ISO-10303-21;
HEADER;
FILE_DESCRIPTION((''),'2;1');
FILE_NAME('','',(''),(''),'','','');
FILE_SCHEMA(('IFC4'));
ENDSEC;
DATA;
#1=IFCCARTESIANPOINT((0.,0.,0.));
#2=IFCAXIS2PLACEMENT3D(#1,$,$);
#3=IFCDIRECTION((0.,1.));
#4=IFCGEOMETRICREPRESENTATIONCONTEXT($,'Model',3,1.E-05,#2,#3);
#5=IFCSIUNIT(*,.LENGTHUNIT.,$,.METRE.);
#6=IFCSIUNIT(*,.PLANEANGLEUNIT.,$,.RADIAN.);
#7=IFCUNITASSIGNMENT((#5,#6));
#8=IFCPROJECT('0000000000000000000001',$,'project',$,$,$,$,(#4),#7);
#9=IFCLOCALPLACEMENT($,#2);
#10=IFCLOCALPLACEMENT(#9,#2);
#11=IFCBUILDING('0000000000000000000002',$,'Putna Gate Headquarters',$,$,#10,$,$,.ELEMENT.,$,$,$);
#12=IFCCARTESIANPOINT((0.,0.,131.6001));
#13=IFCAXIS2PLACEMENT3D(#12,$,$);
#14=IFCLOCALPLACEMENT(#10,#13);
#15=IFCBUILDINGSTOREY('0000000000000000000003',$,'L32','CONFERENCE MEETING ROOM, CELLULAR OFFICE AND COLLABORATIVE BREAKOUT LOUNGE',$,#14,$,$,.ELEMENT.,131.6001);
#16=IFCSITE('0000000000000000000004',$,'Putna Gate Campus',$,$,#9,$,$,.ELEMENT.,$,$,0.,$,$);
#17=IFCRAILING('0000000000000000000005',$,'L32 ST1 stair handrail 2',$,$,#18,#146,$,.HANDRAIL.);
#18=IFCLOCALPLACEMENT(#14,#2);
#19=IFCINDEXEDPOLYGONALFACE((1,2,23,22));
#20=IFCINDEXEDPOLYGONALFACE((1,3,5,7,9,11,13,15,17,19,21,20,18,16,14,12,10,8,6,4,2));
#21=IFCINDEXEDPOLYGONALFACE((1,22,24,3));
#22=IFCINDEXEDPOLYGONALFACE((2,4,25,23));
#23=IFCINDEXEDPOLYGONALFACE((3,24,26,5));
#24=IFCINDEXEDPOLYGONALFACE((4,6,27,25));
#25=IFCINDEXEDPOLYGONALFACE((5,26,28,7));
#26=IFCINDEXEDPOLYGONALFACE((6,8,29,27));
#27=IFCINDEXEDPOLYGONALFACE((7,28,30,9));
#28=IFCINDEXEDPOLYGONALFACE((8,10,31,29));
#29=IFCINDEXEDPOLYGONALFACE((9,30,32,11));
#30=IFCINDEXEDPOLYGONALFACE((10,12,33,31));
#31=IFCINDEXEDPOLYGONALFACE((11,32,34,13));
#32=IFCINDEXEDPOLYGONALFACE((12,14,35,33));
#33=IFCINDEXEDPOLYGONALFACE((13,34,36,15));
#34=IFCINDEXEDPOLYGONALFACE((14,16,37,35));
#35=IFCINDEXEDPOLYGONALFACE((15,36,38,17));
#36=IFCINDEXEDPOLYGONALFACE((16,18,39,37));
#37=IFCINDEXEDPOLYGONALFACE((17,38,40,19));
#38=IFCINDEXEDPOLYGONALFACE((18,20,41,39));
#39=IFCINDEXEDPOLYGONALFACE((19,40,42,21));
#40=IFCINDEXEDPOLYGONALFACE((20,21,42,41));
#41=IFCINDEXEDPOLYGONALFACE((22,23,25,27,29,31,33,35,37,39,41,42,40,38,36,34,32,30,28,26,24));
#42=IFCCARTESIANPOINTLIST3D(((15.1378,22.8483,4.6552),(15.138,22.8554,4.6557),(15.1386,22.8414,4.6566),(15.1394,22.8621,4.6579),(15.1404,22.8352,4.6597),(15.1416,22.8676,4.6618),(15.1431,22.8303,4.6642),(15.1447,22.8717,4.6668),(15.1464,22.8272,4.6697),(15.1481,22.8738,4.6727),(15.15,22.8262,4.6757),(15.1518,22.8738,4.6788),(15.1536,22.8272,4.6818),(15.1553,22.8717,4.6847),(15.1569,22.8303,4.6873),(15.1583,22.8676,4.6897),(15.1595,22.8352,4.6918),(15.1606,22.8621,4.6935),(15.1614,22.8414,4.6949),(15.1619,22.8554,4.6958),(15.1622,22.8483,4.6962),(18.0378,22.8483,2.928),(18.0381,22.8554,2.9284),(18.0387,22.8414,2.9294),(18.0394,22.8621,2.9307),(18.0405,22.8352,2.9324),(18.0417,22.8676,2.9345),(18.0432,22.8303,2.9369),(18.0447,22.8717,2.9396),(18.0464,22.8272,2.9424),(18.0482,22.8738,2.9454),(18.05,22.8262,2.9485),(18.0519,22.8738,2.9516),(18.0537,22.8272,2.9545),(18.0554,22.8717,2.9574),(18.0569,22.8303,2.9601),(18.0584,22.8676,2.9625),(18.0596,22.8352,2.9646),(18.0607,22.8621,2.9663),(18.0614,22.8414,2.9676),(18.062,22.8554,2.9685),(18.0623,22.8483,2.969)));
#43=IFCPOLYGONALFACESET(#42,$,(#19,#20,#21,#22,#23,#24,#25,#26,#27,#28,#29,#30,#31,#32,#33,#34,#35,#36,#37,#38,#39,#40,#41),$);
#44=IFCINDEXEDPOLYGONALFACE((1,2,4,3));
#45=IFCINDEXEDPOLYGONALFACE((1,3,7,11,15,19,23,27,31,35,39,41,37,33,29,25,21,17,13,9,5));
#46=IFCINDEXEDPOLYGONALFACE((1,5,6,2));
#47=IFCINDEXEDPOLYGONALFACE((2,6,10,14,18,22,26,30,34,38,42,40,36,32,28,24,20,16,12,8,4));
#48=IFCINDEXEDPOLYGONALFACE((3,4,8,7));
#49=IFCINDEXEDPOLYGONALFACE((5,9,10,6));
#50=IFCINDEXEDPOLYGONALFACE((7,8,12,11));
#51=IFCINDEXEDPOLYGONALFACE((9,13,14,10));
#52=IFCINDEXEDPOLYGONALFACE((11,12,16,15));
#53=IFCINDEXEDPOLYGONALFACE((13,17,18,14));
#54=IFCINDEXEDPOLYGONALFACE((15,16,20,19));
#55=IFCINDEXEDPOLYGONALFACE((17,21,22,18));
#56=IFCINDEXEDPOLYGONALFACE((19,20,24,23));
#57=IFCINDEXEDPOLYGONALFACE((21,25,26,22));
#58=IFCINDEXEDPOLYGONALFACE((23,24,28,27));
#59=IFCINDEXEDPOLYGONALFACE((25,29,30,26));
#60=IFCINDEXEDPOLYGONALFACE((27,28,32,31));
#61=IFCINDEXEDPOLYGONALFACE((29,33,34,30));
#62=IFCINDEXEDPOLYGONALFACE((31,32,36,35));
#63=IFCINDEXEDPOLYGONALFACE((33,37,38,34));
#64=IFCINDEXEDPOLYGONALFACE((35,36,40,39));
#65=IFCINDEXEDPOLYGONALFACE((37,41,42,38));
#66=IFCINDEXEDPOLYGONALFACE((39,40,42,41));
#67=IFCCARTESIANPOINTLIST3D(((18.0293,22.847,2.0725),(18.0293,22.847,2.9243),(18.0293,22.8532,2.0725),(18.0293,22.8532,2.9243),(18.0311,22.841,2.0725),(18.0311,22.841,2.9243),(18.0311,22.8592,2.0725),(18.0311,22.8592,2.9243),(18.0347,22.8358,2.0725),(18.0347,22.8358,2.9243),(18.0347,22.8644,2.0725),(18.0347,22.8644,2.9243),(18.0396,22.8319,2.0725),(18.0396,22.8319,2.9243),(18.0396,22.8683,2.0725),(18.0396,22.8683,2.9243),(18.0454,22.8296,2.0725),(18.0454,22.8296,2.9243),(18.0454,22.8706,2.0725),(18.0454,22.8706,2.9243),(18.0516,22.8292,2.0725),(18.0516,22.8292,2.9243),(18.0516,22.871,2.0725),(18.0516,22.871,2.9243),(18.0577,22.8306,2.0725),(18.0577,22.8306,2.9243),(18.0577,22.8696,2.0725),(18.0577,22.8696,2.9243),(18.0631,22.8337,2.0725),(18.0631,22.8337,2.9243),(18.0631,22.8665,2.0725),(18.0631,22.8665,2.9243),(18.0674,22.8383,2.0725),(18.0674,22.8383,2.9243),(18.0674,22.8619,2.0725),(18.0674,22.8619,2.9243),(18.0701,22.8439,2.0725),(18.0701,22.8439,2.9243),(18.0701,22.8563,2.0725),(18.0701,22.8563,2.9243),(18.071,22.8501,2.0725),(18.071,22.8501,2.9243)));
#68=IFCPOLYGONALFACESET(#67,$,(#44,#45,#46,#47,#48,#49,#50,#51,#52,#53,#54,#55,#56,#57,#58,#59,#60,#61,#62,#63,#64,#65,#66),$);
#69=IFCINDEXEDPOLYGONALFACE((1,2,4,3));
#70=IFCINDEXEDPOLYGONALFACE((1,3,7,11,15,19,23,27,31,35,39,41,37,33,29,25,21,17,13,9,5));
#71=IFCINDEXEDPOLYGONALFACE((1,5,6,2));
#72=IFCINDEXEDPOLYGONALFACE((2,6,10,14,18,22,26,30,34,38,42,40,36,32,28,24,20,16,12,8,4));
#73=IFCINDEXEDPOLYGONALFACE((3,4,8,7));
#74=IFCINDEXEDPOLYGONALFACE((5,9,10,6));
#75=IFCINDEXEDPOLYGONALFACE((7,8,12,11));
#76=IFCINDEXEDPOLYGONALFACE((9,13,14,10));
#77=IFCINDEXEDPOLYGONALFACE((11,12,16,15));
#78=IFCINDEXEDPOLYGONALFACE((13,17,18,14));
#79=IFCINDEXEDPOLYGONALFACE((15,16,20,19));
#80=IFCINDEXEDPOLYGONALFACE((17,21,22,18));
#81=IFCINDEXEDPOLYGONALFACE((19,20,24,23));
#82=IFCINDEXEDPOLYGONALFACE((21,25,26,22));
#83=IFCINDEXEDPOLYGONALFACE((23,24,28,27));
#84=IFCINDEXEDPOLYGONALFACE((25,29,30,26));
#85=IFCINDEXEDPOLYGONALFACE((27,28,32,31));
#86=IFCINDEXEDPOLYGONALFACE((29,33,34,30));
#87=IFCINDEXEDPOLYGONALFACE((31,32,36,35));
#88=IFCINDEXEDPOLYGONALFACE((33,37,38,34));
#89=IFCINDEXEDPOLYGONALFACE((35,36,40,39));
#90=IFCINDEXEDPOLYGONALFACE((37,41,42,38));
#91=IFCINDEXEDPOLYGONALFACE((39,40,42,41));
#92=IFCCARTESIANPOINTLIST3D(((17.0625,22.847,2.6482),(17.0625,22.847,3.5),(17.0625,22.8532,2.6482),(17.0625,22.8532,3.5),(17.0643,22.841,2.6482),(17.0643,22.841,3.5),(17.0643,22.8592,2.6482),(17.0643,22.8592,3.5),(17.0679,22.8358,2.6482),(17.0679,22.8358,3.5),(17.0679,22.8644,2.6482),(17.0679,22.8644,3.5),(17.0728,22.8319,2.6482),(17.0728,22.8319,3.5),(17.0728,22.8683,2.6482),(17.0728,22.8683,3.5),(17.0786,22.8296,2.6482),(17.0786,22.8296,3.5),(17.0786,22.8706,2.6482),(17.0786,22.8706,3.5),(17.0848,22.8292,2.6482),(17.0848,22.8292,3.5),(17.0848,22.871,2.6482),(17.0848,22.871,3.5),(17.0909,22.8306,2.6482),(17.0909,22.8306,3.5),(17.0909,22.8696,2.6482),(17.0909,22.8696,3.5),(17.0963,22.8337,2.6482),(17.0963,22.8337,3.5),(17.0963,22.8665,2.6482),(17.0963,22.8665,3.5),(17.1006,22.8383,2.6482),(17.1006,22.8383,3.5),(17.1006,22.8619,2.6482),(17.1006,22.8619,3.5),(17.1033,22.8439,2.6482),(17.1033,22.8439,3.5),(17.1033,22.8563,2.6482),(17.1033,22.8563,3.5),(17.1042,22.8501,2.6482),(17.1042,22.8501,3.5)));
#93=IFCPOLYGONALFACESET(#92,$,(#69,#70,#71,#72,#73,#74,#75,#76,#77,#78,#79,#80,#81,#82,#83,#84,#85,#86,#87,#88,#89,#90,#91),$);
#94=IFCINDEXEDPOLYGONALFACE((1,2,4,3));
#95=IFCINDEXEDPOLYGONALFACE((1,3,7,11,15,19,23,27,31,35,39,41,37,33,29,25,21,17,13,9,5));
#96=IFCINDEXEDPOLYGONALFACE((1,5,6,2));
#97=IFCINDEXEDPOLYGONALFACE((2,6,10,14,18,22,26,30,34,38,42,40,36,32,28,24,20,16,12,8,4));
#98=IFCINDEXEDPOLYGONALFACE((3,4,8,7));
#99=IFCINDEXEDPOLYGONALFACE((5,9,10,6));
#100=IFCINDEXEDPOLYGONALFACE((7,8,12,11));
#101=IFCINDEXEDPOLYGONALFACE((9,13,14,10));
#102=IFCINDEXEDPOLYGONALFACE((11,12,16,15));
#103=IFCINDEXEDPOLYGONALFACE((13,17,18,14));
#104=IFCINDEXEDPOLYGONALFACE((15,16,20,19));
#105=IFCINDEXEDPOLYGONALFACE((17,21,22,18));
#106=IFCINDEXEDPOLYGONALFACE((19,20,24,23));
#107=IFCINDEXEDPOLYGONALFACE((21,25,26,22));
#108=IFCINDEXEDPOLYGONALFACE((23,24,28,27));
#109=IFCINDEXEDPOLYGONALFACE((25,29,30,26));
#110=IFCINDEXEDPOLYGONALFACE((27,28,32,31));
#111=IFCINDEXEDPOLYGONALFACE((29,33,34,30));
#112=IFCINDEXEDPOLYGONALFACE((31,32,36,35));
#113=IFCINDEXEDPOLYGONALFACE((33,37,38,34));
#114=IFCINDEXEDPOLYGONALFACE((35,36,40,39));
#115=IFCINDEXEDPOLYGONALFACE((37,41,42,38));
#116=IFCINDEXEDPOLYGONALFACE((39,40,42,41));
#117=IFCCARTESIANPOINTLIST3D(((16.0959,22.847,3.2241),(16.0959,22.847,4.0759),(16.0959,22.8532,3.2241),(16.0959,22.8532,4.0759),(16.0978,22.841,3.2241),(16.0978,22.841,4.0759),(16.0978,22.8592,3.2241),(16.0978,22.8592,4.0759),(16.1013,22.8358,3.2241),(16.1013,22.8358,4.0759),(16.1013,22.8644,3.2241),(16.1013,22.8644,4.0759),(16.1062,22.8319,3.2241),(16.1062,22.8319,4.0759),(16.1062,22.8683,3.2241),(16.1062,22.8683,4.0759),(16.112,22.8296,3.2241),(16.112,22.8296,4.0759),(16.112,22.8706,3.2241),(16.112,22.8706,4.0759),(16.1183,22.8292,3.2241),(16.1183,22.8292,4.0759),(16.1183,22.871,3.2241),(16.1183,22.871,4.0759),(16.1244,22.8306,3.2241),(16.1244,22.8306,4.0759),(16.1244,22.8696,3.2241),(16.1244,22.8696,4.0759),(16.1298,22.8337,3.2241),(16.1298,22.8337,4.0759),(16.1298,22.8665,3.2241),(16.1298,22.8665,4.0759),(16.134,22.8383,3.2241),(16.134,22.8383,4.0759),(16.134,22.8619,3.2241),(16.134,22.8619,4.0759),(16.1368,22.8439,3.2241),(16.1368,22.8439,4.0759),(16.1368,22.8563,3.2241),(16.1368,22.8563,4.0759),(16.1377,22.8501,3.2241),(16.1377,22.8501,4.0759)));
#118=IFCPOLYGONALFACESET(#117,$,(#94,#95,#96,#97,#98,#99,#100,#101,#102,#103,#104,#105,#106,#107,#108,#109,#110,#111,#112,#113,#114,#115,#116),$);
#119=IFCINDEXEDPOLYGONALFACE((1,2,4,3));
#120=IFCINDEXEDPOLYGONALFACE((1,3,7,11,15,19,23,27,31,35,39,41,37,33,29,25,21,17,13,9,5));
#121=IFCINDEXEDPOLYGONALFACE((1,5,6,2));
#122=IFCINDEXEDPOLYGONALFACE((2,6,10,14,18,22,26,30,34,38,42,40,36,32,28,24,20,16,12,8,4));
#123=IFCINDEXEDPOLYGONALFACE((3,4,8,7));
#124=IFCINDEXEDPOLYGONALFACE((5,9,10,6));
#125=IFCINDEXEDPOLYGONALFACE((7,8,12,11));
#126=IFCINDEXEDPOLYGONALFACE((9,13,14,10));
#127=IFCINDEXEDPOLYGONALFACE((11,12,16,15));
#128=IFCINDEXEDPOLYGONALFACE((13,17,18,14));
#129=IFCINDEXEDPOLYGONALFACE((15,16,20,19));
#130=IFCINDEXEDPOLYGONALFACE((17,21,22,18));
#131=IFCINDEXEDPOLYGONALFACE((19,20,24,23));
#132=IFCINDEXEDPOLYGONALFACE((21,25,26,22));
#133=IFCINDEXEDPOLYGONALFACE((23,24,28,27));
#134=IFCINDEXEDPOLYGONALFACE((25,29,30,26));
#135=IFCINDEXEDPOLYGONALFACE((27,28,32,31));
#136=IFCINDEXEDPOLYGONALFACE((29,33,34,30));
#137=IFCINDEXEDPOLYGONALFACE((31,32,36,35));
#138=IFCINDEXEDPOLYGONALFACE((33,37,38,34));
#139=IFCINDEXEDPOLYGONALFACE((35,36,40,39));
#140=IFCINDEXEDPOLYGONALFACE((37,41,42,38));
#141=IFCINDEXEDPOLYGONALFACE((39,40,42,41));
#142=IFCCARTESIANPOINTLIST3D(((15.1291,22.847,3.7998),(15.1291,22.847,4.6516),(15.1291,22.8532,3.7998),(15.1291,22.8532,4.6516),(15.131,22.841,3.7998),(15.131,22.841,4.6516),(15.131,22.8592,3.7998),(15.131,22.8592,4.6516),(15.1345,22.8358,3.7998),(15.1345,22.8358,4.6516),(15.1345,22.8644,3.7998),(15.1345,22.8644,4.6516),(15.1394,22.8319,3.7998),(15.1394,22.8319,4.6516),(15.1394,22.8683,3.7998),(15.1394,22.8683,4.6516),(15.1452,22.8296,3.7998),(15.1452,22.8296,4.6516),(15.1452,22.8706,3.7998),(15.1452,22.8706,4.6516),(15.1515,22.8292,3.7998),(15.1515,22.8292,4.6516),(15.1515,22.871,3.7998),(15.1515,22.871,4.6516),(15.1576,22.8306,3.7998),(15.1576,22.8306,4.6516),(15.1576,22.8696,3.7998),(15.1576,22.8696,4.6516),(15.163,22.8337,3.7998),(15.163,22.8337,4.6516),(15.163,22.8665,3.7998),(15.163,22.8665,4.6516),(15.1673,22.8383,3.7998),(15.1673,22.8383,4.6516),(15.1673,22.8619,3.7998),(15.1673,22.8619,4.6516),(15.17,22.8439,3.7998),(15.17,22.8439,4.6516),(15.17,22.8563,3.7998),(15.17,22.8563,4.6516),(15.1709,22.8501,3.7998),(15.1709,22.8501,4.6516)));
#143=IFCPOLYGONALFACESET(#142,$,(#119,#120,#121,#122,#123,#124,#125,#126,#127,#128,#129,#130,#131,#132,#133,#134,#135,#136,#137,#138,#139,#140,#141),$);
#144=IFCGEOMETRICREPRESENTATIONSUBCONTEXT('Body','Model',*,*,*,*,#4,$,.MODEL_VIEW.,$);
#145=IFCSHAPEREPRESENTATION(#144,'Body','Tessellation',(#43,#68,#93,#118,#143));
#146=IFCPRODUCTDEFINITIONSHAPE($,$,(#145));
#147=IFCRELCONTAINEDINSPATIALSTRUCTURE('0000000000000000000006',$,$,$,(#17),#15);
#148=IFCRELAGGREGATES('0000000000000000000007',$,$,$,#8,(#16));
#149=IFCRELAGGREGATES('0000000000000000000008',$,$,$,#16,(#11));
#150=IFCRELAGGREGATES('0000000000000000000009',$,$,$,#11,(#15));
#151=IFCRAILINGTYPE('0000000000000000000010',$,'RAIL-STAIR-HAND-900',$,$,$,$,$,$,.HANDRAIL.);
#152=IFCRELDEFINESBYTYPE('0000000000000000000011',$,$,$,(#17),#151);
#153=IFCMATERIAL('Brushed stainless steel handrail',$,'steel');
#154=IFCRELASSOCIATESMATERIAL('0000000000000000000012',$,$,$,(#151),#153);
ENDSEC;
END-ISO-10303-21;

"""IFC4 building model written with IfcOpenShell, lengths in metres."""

from ifc_helpers import new_model, si_unit, direction, frame, origin, origin_2d, place, context, subcontext, project, spatial, circle, extrude, material, type_object, element, save


model = new_model("IFC4")

# Units and contexts
model_context = context("Model", 3, precision=1e-05, world=origin(), true_north=direction((0.0, 1.0)))
body_context = subcontext(model_context, "Body", "Model", "MODEL_VIEW")
ifc_project = project(units=[si_unit("LENGTHUNIT", "METRE"), si_unit("PLANEANGLEUNIT", "RADIAN")], contexts=[model_context])

# Site, building, storey
site_placement = place(None, origin())
site = spatial("IfcSite", under=ifc_project, at=site_placement, Name="Putna Gate Campus", CompositionType="ELEMENT", RefElevation=0.0)
building_placement = place(site_placement, origin())
building = spatial("IfcBuilding", under=site, at=building_placement, Name="Putna Gate Headquarters", CompositionType="ELEMENT")
storey_placement = place(building_placement, frame((0.0, 0.0, 131.6001)))
storey = spatial("IfcBuildingStorey", under=building, at=storey_placement, Name="L32", Description="CONFERENCE MEETING ROOM, CELLULAR OFFICE AND COLLABORATIVE BREAKOUT LOUNGE", CompositionType="ELEMENT", Elevation=131.6001)

# Railing
ifc_material_1 = material(Name="Brushed stainless steel handrail", Category="steel")
railing_type_1 = type_object("IfcRailingType", Name="RAIL-STAIR-HAND-900", PredefinedType="HANDRAIL", material=ifc_material_1)
railing_1_placement = place(storey_placement, frame((18.05, 22.8501, 2.0725)))
element("IfcRailing", 1, at=railing_1_placement, inside=storey, type_object=railing_type_1, Name="L32 ST1 stair handrail 2", PredefinedType="HANDRAIL", context=body_context, shape_type="SweptSolid", body=[
    extrude(circle(Radius=0.0239, at=origin_2d()), frame((0.0, 0.0, 0.876), z_axis=(-0.85916, 0.0, 0.511706), x_axis=(0.0, -1.0, 0.0)), (0.0, 0.0, 1.0), 3.3755),
    extrude(circle(Radius=0.021, at=origin_2d()), origin(), (0.0, 0.0, 1.0), 0.8518),
    extrude(circle(Radius=0.021, at=origin_2d()), frame((-0.9668, 0.0, 0.5757)), (0.0, 0.0, 1.0), 0.8518),
    extrude(circle(Radius=0.021, at=origin_2d()), frame((-1.9333, 0.0, 1.1516)), (0.0, 0.0, 1.0), 0.8518),
    extrude(circle(Radius=0.021, at=origin_2d()), frame((-2.9001, 0.0, 1.7273)), (0.0, 0.0, 1.0), 0.8518),
])

save(model, "model.ifc")
